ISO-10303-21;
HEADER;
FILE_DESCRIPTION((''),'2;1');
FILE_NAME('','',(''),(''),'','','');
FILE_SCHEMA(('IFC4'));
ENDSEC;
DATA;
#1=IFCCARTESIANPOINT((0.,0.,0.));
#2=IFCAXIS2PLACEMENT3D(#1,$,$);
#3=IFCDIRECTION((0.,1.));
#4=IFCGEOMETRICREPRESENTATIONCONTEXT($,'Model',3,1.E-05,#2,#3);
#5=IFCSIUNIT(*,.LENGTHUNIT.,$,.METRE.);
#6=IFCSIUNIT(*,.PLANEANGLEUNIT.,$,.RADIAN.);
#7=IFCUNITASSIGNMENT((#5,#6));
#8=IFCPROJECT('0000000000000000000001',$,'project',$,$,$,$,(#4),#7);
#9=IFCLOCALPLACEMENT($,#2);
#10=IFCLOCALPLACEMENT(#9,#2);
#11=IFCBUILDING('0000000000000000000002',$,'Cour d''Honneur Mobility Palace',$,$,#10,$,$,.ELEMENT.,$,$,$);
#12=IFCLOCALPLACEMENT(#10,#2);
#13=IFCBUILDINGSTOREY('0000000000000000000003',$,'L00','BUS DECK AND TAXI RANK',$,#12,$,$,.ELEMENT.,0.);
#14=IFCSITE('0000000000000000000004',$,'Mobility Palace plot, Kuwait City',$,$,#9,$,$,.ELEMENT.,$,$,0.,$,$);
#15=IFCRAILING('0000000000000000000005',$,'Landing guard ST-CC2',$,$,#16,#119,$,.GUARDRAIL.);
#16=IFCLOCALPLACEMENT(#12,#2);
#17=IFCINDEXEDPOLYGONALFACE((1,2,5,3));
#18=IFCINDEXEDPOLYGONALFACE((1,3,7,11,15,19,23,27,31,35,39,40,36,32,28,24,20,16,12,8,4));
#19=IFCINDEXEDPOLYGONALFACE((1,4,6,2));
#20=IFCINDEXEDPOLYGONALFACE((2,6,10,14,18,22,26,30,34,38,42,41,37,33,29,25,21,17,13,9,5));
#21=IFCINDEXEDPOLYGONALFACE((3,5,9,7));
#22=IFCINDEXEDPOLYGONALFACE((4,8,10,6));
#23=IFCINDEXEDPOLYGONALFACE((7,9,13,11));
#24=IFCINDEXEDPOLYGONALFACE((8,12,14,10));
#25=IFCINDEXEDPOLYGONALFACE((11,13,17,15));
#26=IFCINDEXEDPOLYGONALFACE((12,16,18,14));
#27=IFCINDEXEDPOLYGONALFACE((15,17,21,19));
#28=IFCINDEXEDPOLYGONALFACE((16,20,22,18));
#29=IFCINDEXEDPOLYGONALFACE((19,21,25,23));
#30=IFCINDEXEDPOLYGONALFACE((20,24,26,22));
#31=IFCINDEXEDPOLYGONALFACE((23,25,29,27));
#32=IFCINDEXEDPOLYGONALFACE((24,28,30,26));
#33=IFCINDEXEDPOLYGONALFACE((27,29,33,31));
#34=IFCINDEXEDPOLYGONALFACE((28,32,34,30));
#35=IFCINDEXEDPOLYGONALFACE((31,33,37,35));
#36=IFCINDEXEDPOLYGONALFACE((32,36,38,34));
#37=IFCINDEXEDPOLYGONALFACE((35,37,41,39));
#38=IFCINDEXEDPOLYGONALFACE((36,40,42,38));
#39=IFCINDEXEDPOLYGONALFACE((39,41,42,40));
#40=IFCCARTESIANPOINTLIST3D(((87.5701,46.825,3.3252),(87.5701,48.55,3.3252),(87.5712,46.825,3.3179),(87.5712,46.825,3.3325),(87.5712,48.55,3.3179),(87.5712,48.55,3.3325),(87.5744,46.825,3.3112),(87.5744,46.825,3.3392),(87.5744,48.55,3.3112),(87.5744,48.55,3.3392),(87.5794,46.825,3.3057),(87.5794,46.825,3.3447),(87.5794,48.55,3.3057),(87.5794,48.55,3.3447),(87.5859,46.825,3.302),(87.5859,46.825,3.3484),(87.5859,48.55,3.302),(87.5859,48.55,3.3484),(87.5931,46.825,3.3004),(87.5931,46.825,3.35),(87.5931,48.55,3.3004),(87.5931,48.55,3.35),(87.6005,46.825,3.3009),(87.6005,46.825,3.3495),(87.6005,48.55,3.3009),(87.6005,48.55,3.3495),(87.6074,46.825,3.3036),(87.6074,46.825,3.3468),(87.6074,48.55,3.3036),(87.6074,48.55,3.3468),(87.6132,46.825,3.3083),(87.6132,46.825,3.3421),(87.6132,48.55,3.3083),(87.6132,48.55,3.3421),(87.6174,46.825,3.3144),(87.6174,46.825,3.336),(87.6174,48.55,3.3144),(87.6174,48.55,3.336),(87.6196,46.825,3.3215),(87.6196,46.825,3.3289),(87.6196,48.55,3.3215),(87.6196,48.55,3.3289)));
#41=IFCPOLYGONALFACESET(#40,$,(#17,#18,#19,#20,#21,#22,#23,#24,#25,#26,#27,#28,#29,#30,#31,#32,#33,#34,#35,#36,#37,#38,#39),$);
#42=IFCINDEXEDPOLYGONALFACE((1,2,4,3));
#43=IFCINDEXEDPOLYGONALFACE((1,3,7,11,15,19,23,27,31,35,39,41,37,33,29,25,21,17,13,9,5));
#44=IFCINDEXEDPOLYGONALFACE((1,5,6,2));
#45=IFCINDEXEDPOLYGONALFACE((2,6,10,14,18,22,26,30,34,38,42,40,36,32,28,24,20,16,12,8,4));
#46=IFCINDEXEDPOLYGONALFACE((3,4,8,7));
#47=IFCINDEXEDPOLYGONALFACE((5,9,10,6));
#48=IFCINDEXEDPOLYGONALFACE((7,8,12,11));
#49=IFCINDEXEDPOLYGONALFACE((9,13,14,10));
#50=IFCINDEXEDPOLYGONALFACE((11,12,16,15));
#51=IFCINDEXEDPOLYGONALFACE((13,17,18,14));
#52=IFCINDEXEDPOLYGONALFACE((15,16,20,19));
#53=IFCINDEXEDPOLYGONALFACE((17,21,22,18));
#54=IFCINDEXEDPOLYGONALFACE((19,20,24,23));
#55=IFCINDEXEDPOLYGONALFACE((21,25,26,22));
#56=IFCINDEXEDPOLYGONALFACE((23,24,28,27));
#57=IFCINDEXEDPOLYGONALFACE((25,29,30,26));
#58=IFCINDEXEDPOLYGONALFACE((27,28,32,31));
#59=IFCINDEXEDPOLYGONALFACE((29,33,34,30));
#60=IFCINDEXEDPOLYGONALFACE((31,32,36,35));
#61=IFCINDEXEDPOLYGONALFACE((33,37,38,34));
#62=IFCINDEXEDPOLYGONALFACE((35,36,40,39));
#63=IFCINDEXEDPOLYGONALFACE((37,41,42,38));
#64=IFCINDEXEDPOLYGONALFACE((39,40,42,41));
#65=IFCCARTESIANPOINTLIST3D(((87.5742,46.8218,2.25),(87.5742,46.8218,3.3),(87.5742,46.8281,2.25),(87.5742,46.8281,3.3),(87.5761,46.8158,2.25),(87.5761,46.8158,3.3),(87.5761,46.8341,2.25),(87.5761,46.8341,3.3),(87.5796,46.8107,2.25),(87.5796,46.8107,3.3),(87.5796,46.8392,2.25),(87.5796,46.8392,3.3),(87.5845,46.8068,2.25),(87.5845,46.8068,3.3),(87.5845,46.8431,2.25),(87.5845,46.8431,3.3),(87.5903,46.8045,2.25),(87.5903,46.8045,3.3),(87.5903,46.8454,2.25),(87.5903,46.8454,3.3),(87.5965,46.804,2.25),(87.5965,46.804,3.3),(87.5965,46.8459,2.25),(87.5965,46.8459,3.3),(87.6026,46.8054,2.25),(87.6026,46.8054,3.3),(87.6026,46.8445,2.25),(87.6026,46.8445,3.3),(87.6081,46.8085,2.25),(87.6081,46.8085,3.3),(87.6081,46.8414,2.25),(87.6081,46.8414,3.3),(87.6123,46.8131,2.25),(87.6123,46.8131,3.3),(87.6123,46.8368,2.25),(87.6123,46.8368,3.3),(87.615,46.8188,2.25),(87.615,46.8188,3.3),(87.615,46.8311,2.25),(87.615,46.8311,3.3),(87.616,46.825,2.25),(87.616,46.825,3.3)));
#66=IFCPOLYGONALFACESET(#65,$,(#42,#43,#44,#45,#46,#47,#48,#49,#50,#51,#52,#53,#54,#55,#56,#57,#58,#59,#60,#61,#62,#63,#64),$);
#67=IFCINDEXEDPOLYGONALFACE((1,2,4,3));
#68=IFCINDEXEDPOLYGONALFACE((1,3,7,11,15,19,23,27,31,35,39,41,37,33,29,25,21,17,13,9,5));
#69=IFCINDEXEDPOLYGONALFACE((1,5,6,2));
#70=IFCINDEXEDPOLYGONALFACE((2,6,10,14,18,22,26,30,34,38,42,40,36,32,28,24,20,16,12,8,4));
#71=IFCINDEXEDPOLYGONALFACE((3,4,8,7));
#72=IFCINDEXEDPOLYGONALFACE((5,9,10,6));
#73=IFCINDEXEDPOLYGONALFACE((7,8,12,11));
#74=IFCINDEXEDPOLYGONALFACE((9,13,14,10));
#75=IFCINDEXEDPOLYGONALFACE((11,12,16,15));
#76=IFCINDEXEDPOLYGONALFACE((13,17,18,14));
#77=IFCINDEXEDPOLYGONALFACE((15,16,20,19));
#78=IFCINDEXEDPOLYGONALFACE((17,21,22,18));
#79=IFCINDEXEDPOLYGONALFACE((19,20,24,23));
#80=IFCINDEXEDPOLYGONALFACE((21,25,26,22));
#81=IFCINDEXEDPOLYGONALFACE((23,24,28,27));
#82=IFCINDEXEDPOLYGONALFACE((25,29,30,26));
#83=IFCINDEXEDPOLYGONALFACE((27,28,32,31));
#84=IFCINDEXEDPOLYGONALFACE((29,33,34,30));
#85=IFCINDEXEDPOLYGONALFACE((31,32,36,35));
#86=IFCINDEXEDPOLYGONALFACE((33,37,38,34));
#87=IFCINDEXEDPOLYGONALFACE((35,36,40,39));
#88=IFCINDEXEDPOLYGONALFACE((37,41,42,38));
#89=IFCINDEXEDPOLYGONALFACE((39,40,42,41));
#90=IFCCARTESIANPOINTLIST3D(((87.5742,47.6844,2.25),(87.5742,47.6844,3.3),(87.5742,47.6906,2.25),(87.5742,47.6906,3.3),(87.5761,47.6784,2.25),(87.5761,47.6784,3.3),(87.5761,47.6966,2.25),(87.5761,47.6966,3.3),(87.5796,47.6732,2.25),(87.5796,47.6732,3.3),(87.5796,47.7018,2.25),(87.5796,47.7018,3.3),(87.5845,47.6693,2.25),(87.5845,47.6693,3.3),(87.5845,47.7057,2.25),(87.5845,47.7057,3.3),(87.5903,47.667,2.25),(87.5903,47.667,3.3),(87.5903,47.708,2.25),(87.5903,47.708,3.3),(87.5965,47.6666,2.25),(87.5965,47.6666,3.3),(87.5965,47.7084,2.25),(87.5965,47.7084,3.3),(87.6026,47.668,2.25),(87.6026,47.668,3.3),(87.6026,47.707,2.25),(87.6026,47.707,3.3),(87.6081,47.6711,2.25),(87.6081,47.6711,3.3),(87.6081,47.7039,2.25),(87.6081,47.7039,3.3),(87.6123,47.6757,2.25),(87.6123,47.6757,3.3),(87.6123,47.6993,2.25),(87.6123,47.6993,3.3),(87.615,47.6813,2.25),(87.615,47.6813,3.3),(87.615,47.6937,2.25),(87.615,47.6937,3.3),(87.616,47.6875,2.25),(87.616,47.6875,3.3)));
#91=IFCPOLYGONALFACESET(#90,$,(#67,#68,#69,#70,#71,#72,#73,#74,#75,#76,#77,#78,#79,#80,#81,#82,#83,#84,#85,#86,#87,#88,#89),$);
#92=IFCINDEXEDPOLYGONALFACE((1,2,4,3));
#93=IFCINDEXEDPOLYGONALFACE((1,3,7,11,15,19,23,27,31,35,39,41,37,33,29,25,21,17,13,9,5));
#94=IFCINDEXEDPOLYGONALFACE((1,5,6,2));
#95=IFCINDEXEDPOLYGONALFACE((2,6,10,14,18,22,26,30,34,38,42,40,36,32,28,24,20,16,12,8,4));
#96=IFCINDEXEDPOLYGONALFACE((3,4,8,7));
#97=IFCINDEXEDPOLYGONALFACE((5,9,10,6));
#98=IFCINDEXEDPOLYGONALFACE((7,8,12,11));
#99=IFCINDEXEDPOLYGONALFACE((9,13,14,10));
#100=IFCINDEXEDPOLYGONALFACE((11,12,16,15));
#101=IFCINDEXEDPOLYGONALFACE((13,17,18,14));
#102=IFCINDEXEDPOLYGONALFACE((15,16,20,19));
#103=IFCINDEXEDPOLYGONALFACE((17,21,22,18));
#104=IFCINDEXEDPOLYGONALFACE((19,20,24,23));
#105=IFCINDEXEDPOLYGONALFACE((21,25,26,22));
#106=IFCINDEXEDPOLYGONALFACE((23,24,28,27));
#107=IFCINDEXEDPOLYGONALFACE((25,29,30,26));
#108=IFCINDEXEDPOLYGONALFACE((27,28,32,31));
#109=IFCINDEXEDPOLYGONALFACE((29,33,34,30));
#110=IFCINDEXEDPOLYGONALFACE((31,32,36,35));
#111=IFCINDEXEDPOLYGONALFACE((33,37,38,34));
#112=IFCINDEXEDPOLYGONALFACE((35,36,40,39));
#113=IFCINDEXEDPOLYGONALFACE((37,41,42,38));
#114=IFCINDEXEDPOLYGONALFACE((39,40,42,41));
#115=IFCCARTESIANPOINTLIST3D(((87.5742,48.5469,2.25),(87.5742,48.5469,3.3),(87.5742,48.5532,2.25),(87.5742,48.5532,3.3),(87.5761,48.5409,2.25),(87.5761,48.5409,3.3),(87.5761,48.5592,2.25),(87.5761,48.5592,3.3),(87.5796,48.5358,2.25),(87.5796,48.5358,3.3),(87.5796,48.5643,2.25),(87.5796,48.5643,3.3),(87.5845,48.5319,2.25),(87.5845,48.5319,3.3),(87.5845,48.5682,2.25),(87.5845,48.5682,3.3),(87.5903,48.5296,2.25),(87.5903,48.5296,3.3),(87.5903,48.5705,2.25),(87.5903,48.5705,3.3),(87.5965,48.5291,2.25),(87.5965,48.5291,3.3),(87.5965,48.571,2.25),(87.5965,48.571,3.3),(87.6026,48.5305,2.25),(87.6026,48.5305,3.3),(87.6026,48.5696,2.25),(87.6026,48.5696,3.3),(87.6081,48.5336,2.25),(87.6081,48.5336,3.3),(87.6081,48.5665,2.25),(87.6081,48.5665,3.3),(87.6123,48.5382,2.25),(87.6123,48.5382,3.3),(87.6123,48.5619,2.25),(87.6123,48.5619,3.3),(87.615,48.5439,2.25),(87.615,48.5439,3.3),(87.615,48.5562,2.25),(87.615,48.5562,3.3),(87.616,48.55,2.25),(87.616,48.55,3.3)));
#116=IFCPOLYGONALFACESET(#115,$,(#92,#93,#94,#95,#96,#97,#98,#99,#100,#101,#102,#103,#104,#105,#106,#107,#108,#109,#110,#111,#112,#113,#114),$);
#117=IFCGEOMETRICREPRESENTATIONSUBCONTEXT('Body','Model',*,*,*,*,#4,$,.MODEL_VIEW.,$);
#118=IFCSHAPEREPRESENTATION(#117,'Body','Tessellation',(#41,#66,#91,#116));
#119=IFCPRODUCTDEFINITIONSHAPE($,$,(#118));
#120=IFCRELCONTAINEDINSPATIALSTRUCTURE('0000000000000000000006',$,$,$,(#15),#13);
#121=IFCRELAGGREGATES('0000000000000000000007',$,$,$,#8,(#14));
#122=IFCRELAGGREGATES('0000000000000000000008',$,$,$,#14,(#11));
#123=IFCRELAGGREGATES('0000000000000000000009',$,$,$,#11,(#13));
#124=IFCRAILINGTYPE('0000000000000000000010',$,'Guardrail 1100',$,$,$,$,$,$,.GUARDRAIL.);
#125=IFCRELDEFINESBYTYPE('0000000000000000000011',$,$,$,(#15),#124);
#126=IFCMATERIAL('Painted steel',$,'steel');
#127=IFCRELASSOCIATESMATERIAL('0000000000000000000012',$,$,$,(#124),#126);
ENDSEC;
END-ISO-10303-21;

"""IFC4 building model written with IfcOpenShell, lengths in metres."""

from ifc_helpers import new_model, si_unit, direction, frame, origin, origin_2d, place, context, subcontext, project, spatial, circle, extrude, material, type_object, element, save


model = new_model("IFC4")

# Units and contexts
model_context = context("Model", 3, precision=1e-05, world=origin(), true_north=direction((0.0, 1.0)))
body_context = subcontext(model_context, "Body", "Model", "MODEL_VIEW")
ifc_project = project(units=[si_unit("LENGTHUNIT", "METRE"), si_unit("PLANEANGLEUNIT", "RADIAN")], contexts=[model_context])

# Site, building, storey
site_placement = place(None, origin())
site = spatial("IfcSite", under=ifc_project, at=site_placement, Name="Mobility Palace plot, Kuwait City", CompositionType="ELEMENT", RefElevation=0.0)
building_placement = place(site_placement, origin())
building = spatial("IfcBuilding", under=site, at=building_placement, Name="Cour d'Honneur Mobility Palace", CompositionType="ELEMENT")
storey_placement = place(building_placement, origin())
storey = spatial("IfcBuildingStorey", under=building, at=storey_placement, Name="L00", Description="BUS DECK AND TAXI RANK", CompositionType="ELEMENT", Elevation=0.0)

# Railing
ifc_material_1 = material(Name="Painted steel", Category="steel")
railing_type_1 = type_object("IfcRailingType", Name="Guardrail 1100", PredefinedType="GUARDRAIL", material=ifc_material_1)
railing_1_placement = place(storey_placement, frame((87.595, 46.825, 2.25)))
element("IfcRailing", 1, at=railing_1_placement, inside=storey, type_object=railing_type_1, Name="Landing guard ST-CC2", PredefinedType="GUARDRAIL", context=body_context, shape_type="SweptSolid", body=[
    extrude(circle(Radius=0.0249, at=origin_2d()), frame((0.0, 0.0, 1.0752), z_axis=(0.0, 1.0, 0.0), x_axis=(-1.0, 0.0, 0.0)), (0.0, 0.0, 1.0), 1.7251),
    extrude(circle(Radius=0.021, at=origin_2d()), origin(), (0.0, 0.0, 1.0), 1.05),
    extrude(circle(Radius=0.021, at=origin_2d()), frame((0.0, 0.8625, 0.0)), (0.0, 0.0, 1.0), 1.05),
    extrude(circle(Radius=0.021, at=origin_2d()), frame((0.0, 1.7251, 0.0)), (0.0, 0.0, 1.0), 1.05),
])

save(model, "model.ifc")
